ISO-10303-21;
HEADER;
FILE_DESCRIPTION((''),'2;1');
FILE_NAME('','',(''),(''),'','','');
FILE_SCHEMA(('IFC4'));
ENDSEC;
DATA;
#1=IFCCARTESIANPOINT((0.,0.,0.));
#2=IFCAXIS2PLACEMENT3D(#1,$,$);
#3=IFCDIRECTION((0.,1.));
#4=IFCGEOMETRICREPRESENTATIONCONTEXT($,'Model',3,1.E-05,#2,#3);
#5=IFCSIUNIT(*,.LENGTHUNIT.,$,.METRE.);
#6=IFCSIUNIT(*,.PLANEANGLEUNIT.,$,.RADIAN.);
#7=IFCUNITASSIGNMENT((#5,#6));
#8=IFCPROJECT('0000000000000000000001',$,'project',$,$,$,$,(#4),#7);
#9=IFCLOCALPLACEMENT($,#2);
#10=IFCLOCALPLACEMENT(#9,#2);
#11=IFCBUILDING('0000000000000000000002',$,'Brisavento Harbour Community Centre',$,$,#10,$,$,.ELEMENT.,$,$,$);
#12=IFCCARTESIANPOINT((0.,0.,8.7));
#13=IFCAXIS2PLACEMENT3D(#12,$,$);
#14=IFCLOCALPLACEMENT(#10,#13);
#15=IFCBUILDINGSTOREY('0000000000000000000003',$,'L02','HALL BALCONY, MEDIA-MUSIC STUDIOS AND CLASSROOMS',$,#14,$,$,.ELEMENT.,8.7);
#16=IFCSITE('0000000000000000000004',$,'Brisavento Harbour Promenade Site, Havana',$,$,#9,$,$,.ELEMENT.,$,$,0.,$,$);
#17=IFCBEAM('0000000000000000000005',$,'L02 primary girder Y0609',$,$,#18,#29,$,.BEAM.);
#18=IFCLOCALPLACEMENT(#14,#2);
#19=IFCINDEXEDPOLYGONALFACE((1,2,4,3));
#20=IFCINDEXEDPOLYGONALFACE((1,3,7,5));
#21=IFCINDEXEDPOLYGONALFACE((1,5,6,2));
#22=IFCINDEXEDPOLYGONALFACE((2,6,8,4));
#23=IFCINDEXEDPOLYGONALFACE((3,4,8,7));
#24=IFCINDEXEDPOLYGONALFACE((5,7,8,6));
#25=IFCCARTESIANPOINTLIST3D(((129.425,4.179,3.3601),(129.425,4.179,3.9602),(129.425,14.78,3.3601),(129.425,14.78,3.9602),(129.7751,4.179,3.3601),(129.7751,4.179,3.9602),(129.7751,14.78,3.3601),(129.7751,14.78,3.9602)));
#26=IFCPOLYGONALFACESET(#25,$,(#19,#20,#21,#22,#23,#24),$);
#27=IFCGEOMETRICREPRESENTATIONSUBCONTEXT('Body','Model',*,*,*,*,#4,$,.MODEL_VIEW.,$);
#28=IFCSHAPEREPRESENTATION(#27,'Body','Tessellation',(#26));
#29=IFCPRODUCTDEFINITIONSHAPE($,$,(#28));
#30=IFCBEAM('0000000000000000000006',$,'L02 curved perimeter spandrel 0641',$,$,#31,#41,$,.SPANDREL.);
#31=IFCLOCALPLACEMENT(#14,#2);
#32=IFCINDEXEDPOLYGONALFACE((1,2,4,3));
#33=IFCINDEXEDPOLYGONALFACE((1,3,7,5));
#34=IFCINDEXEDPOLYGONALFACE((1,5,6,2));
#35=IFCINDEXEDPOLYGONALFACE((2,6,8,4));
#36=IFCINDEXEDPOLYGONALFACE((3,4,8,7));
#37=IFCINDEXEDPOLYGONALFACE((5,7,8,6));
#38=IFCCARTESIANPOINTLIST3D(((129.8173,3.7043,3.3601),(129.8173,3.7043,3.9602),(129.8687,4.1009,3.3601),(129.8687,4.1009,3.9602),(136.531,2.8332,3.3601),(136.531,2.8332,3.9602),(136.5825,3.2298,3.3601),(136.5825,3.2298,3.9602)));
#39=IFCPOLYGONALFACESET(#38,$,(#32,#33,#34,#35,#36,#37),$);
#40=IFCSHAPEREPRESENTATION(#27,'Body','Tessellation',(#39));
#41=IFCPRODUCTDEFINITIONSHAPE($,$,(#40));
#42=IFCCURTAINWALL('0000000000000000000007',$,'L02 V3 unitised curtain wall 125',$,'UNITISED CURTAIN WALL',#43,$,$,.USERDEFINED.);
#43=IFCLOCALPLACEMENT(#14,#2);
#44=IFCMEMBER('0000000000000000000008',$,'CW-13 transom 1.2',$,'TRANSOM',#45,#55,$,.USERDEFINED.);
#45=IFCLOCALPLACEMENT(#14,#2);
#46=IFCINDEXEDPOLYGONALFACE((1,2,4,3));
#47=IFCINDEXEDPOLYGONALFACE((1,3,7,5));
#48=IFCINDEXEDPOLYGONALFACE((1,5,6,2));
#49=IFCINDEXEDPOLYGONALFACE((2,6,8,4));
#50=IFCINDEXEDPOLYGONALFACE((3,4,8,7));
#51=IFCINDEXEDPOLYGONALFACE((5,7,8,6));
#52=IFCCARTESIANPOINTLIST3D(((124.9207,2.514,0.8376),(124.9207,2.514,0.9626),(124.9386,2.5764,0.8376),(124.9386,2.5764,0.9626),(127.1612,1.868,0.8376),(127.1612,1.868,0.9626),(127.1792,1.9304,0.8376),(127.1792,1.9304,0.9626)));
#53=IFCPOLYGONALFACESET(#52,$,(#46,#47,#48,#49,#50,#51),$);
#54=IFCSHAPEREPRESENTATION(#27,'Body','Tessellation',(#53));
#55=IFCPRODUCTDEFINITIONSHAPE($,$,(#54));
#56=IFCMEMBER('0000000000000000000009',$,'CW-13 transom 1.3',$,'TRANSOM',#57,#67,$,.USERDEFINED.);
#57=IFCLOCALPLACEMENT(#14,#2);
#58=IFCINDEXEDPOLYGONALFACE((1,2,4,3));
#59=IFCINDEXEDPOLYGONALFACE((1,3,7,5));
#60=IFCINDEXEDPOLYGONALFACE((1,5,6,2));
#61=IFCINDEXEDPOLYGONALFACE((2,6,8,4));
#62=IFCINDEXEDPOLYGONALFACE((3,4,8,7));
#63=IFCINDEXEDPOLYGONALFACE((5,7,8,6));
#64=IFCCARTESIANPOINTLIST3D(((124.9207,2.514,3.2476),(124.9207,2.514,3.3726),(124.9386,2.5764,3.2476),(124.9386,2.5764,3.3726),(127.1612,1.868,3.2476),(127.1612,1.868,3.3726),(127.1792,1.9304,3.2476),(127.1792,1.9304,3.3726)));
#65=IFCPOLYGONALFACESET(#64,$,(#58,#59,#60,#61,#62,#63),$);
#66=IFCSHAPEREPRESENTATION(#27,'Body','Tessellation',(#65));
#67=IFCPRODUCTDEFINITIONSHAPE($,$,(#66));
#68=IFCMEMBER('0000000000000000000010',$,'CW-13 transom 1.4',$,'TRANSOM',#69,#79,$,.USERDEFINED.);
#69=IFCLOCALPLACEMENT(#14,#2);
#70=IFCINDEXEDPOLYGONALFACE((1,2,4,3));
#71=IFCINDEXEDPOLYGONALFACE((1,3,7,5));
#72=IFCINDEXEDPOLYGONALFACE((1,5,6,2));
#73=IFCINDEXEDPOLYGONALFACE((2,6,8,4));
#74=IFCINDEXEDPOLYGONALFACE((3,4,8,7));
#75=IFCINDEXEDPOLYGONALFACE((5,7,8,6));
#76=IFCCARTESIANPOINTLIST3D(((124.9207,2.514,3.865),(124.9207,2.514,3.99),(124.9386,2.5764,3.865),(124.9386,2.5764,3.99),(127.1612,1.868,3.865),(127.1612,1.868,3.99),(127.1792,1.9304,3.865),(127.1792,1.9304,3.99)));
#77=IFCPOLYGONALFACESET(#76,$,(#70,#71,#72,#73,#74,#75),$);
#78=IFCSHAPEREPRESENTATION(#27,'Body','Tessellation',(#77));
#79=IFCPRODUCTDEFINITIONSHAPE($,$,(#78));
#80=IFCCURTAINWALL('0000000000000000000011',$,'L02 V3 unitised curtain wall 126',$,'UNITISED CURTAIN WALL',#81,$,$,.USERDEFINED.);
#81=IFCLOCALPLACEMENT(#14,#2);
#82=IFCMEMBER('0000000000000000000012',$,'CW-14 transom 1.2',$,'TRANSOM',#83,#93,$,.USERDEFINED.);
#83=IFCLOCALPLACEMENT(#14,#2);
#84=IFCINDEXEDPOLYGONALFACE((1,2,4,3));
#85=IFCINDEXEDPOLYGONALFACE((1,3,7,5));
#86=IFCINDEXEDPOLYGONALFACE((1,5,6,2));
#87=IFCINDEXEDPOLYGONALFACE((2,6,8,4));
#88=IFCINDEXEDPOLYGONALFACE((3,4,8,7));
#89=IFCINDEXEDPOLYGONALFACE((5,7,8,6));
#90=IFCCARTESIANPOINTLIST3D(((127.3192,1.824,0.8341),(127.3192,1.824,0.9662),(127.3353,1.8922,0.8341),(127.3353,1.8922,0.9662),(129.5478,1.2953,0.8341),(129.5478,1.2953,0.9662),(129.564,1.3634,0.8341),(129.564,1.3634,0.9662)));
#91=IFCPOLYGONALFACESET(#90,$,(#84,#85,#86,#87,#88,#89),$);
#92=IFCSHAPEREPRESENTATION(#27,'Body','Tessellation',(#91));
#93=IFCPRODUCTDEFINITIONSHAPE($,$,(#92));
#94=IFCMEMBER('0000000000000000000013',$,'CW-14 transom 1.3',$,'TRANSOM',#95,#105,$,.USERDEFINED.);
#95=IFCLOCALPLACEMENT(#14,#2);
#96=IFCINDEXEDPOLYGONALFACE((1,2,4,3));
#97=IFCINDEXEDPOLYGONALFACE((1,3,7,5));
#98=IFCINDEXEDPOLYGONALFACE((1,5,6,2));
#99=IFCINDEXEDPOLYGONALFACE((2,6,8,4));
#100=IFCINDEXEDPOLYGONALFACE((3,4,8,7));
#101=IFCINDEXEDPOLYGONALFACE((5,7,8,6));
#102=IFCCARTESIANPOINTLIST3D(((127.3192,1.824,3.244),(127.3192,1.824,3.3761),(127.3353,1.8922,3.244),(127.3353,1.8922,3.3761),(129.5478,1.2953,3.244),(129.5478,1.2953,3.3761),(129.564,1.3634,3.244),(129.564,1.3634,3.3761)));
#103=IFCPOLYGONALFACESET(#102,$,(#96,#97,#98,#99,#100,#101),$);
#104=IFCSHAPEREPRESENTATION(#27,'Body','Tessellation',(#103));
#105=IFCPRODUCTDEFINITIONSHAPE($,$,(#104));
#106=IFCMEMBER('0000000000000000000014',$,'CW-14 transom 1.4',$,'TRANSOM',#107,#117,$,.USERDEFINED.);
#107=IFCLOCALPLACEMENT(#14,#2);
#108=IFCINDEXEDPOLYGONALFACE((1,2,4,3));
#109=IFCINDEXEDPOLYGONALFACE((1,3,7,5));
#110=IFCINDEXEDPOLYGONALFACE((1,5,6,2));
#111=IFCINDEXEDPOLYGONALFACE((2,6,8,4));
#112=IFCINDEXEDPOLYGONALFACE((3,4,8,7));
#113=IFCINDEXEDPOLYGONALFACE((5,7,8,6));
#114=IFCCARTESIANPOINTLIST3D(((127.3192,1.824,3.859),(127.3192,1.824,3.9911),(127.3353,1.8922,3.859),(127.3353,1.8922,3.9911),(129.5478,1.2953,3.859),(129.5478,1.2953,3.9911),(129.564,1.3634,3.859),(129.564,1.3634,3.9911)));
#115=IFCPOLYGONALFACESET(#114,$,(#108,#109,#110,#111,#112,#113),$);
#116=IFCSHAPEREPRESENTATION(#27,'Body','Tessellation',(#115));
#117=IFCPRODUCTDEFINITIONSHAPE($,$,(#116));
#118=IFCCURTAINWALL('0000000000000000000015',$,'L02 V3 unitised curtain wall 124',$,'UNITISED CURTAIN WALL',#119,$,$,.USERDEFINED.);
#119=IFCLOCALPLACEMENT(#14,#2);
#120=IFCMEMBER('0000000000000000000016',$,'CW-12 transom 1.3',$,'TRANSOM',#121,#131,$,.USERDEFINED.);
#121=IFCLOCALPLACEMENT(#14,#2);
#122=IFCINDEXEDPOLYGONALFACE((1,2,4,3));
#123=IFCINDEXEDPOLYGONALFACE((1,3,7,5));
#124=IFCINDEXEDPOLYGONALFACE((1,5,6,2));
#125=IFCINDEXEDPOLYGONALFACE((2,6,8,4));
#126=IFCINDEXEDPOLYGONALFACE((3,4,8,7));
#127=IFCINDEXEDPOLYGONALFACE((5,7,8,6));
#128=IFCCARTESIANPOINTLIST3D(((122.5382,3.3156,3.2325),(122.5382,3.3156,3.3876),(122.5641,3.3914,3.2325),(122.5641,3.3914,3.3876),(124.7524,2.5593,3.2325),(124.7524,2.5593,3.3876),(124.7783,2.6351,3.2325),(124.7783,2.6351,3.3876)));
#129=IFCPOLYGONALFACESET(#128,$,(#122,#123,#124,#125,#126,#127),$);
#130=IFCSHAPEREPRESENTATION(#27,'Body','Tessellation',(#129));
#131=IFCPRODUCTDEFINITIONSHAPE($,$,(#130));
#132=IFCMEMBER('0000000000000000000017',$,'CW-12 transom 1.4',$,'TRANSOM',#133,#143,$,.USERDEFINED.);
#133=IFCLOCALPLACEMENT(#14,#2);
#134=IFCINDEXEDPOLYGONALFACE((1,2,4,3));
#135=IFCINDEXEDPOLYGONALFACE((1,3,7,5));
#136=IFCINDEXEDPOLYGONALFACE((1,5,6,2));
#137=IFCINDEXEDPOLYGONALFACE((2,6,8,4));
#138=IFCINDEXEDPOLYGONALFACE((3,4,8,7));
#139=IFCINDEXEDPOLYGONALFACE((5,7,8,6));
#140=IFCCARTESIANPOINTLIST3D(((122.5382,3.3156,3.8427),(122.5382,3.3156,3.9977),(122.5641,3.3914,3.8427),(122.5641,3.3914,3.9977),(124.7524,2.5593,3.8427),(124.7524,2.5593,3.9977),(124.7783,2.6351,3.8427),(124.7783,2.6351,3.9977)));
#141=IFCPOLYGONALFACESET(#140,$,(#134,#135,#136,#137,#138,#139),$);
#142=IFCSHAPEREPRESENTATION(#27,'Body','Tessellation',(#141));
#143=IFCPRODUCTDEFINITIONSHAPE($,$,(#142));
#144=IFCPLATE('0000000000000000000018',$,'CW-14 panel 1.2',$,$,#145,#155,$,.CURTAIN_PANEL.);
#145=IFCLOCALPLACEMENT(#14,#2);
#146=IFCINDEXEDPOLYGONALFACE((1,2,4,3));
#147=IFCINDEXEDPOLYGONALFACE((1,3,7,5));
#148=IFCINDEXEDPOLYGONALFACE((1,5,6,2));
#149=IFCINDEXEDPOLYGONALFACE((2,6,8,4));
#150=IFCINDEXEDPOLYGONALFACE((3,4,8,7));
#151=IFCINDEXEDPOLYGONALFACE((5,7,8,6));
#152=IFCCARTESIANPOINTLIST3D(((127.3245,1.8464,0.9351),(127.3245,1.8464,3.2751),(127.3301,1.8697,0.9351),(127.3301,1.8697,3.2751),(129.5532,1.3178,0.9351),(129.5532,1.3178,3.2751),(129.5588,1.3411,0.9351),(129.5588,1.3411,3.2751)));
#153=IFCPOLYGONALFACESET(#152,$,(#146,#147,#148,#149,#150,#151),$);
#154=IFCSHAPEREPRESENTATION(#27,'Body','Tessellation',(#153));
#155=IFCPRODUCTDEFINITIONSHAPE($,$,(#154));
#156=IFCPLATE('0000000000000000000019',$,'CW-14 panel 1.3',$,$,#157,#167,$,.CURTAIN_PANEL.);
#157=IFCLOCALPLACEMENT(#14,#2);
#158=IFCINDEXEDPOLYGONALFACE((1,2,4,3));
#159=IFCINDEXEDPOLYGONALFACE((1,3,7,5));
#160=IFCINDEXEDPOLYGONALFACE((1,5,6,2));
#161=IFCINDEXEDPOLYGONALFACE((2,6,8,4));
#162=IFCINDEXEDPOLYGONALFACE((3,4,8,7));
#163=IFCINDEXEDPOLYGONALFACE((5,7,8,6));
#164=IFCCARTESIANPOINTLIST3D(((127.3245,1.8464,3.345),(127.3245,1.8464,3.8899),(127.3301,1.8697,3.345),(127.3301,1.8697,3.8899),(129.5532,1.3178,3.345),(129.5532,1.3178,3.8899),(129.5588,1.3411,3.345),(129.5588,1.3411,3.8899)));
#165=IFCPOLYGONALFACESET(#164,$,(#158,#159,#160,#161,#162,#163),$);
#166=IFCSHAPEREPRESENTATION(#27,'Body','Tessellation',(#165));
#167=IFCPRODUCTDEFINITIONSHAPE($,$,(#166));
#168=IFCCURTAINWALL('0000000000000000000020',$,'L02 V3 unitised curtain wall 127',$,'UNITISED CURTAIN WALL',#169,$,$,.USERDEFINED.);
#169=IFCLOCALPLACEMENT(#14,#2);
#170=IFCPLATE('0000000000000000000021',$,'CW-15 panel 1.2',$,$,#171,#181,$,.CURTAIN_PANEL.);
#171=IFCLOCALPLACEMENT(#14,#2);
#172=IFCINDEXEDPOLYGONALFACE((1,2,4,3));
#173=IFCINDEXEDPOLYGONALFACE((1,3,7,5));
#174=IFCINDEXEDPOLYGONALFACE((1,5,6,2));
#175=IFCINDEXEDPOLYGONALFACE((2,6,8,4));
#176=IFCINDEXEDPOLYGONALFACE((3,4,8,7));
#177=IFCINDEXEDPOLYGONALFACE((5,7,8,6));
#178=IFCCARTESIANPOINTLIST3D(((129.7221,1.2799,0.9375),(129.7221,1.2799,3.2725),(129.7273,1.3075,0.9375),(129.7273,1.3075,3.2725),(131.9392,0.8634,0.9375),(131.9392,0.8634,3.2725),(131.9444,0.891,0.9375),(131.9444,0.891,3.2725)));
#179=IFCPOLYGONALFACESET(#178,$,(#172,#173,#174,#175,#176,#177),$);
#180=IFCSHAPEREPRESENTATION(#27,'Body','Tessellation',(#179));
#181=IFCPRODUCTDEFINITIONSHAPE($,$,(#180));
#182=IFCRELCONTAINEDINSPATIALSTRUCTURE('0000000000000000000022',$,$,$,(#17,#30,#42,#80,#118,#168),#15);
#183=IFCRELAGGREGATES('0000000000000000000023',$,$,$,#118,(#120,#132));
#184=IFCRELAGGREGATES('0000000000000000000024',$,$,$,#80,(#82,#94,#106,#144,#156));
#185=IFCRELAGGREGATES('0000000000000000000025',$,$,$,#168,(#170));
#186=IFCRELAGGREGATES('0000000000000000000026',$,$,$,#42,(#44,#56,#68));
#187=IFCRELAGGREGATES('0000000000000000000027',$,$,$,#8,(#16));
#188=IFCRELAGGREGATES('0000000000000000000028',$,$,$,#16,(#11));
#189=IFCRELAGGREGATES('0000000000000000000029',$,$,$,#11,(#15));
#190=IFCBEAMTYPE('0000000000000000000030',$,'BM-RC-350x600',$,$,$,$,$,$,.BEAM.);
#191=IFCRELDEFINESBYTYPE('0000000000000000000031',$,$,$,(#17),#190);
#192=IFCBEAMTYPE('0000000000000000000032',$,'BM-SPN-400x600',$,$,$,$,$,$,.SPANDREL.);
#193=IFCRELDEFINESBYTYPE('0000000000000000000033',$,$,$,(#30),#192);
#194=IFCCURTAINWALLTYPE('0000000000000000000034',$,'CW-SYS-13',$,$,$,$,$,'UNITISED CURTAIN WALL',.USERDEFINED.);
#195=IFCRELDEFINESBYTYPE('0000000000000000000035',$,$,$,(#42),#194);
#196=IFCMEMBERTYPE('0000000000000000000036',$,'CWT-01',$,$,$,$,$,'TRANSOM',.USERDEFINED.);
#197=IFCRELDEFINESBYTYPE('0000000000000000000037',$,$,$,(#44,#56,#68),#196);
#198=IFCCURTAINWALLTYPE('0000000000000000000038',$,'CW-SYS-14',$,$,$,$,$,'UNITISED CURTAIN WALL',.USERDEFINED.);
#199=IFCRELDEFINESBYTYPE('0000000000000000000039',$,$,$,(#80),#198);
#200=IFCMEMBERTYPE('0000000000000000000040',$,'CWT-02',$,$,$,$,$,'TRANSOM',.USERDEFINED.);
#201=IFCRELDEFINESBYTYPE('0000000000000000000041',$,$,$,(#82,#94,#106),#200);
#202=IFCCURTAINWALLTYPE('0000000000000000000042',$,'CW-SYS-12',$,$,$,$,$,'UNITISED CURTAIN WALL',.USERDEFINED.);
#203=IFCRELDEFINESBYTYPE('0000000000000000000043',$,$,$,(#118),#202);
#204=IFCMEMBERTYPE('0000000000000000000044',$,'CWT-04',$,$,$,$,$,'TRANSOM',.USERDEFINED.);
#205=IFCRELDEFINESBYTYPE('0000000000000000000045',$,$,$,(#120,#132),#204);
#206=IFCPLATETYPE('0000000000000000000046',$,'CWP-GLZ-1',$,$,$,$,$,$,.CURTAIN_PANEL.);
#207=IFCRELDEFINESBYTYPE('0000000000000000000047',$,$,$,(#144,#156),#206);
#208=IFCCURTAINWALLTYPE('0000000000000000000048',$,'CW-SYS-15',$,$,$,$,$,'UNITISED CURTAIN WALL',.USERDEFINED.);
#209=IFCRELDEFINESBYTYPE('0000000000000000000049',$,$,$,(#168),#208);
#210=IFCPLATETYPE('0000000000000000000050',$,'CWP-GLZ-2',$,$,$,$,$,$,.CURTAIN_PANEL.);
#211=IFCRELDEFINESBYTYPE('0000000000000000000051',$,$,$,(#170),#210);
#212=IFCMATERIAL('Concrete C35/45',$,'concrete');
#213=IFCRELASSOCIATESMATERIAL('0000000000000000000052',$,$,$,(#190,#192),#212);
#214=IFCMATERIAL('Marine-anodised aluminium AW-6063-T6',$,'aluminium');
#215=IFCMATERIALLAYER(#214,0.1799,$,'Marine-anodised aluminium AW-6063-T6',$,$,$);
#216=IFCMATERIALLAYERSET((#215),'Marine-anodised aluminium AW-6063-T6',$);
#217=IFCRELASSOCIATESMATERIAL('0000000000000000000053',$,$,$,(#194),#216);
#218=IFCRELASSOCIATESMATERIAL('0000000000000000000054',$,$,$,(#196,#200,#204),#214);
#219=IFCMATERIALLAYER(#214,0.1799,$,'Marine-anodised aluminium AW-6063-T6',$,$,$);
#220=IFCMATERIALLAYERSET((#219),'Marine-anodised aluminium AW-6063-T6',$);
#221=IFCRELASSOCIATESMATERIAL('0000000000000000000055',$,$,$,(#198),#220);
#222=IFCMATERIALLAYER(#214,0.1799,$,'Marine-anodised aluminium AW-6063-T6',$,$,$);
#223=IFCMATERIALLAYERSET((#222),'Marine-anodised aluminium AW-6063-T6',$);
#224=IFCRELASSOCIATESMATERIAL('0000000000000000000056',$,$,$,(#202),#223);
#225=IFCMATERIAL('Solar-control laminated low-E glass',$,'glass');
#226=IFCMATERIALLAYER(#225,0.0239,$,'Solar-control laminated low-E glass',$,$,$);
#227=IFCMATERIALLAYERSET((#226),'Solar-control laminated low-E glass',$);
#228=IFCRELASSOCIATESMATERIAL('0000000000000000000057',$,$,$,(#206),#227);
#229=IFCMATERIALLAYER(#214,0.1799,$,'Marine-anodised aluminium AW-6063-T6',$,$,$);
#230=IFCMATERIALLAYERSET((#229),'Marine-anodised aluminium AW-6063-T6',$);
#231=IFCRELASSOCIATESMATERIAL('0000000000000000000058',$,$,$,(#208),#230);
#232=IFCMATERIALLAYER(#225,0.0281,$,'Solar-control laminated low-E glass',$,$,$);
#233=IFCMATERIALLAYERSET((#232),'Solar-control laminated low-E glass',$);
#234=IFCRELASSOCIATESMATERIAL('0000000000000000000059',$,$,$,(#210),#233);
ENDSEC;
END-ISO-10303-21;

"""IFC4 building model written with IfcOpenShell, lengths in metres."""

from ifc_helpers import new_model, si_unit, direction, frame, origin, origin_2d, place, context, subcontext, project, spatial, rectangle, extrude, material, layer, layer_set, material_profile, profile_set, type_object, element, aggregate, save


model = new_model("IFC4")

# Units and contexts
model_context = context("Model", 3, precision=1e-05, world=origin(), true_north=direction((0.0, 1.0)))
body_context = subcontext(model_context, "Body", "Model", "MODEL_VIEW")
ifc_project = project(units=[si_unit("LENGTHUNIT", "METRE"), si_unit("PLANEANGLEUNIT", "RADIAN")], contexts=[model_context])

# Site, building, storey
site_placement = place(None, origin())
site = spatial("IfcSite", under=ifc_project, at=site_placement, Name="Brisavento Harbour Promenade Site, Havana", CompositionType="ELEMENT", RefElevation=0.0)
building_placement = place(site_placement, origin())
building = spatial("IfcBuilding", under=site, at=building_placement, Name="Brisavento Harbour Community Centre", CompositionType="ELEMENT")
storey_placement = place(building_placement, frame((0.0, 0.0, 8.7)))
storey = spatial("IfcBuildingStorey", under=building, at=storey_placement, Name="L02", Description="HALL BALCONY, MEDIA-MUSIC STUDIOS AND CLASSROOMS", CompositionType="ELEMENT", Elevation=8.7)

# Beams
ifc_material_1 = material(Name="Concrete C35/45", Category="concrete")
ifc_material_profile_1 = material_profile(ifc_material_1, rectangle(XDim=0.3501, YDim=0.6001, at=origin_2d()), Name="Concrete C35/45")
ifc_profile_set_1 = profile_set([ifc_material_profile_1], Name="Concrete C35/45")
beam_type_1 = type_object("IfcBeamType", Name="BM-RC-350x600", PredefinedType="BEAM", material=ifc_profile_set_1)
beam_1_placement = place(storey_placement, frame((129.6001, 4.179, 3.6602), z_axis=(0.0, 1.0, 0.0), x_axis=(-1.0, 0.0, 0.0)))
element("IfcBeam", 1, at=beam_1_placement, inside=storey, type_object=beam_type_1, Name="L02 primary girder Y0609", PredefinedType="BEAM", context=body_context, shape_type="SweptSolid", body=[
    extrude(rectangle(XDim=0.3501, YDim=0.6001, at=origin_2d()), origin(), (0.0, 0.0, 1.0), 10.6011),
])
ifc_material_profile_2 = material_profile(ifc_material_1, rectangle(XDim=0.3999, YDim=0.6001, at=origin_2d()), Name="Concrete C35/45")
ifc_profile_set_2 = profile_set([ifc_material_profile_2], Name="Concrete C35/45")
beam_type_2 = type_object("IfcBeamType", Name="BM-SPN-400x600", PredefinedType="SPANDREL", material=ifc_profile_set_2)
beam_2_placement = place(storey_placement, frame((129.843, 3.9026, 3.6602), z_axis=(0.991688, -0.128667, 0.0), x_axis=(0.128667, 0.991688, 0.0)))
element("IfcBeam", 2, at=beam_2_placement, inside=storey, type_object=beam_type_2, Name="L02 curved perimeter spandrel 0641", PredefinedType="SPANDREL", context=body_context, shape_type="SweptSolid", body=[
    extrude(rectangle(XDim=0.3999, YDim=0.6001, at=origin_2d()), origin(), (0.0, 0.0, 1.0), 6.77),
])

# Curtain walls, members
ifc_material_2 = material(Name="Marine-anodised aluminium AW-6063-T6", Category="aluminium")
ifc_layer_1 = layer(ifc_material_2, 0.1799, Name="Marine-anodised aluminium AW-6063-T6")
ifc_layer_set_1 = layer_set([ifc_layer_1], Name="Marine-anodised aluminium AW-6063-T6")
curtain_wall_type_1 = type_object("IfcCurtainWallType", Name="CW-SYS-13", ElementType="UNITISED CURTAIN WALL", PredefinedType="USERDEFINED", material=ifc_layer_set_1)
curtain_wall_1_placement = place(storey_placement, origin())
curtain_wall_1 = element("IfcCurtainWall", 3, at=curtain_wall_1_placement, inside=storey, type_object=curtain_wall_type_1, Name="L02 V3 unitised curtain wall 125", ObjectType="UNITISED CURTAIN WALL", PredefinedType="USERDEFINED")
ifc_material_profile_3 = material_profile(ifc_material_2, rectangle(XDim=0.0649, YDim=0.125, at=origin_2d()), Name="Marine-anodised aluminium AW-6063-T6")
ifc_profile_set_3 = profile_set([ifc_material_profile_3], Name="Marine-anodised aluminium AW-6063-T6")
member_type_1 = type_object("IfcMemberType", Name="CWT-01", ElementType="TRANSOM", PredefinedType="USERDEFINED", material=ifc_profile_set_3)
member_1_placement = place(storey_placement, frame((127.1702, 1.8992, 0.9001), z_axis=(-0.960857, 0.277044, 0.0), x_axis=(-0.277044, -0.960857, 0.0)))
member_1 = element("IfcMember", 4, at=member_1_placement, type_object=member_type_1, Name="CW-13 transom 1.2", ObjectType="TRANSOM", PredefinedType="USERDEFINED", context=body_context, shape_type="SweptSolid", body=[
    extrude(rectangle(XDim=0.0649, YDim=0.125, at=origin_2d()), origin(), (0.0, 0.0, 1.0), 2.3318),
])
member_2_placement = place(storey_placement, frame((127.1702, 1.8992, 3.3101), z_axis=(-0.960857, 0.277044, 0.0), x_axis=(-0.277044, -0.960857, 0.0)))
member_2 = element("IfcMember", 5, at=member_2_placement, type_object=member_type_1, Name="CW-13 transom 1.3", ObjectType="TRANSOM", PredefinedType="USERDEFINED", context=body_context, shape_type="SweptSolid", body=[
    extrude(rectangle(XDim=0.0649, YDim=0.125, at=origin_2d()), origin(), (0.0, 0.0, 1.0), 2.3318),
])
member_3_placement = place(storey_placement, frame((127.1702, 1.8992, 3.9275), z_axis=(-0.960857, 0.277044, 0.0), x_axis=(-0.277044, -0.960857, 0.0)))
member_3 = element("IfcMember", 6, at=member_3_placement, type_object=member_type_1, Name="CW-13 transom 1.4", ObjectType="TRANSOM", PredefinedType="USERDEFINED", context=body_context, shape_type="SweptSolid", body=[
    extrude(rectangle(XDim=0.0649, YDim=0.125, at=origin_2d()), origin(), (0.0, 0.0, 1.0), 2.3318),
])
ifc_layer_2 = layer(ifc_material_2, 0.1799, Name="Marine-anodised aluminium AW-6063-T6")
ifc_layer_set_2 = layer_set([ifc_layer_2], Name="Marine-anodised aluminium AW-6063-T6")
curtain_wall_type_2 = type_object("IfcCurtainWallType", Name="CW-SYS-14", ElementType="UNITISED CURTAIN WALL", PredefinedType="USERDEFINED", material=ifc_layer_set_2)
curtain_wall_2_placement = place(storey_placement, origin())
curtain_wall_2 = element("IfcCurtainWall", 7, at=curtain_wall_2_placement, inside=storey, type_object=curtain_wall_type_2, Name="L02 V3 unitised curtain wall 126", ObjectType="UNITISED CURTAIN WALL", PredefinedType="USERDEFINED")
ifc_material_profile_4 = material_profile(ifc_material_2, rectangle(XDim=0.0701, YDim=0.1321, at=origin_2d()), Name="Marine-anodised aluminium AW-6063-T6")
ifc_profile_set_4 = profile_set([ifc_material_profile_4], Name="Marine-anodised aluminium AW-6063-T6")
member_type_2 = type_object("IfcMemberType", Name="CWT-02", ElementType="TRANSOM", PredefinedType="USERDEFINED", material=ifc_profile_set_4)
member_4_placement = place(storey_placement, frame((129.5559, 1.3293, 0.9001), z_axis=(-0.972988, 0.230857, 0.0), x_axis=(-0.230857, -0.972988, 0.0)))
member_4 = element("IfcMember", 8, at=member_4_placement, type_object=member_type_2, Name="CW-14 transom 1.2", ObjectType="TRANSOM", PredefinedType="USERDEFINED", context=body_context, shape_type="SweptSolid", body=[
    extrude(rectangle(XDim=0.0701, YDim=0.1321, at=origin_2d()), origin(), (0.0, 0.0, 1.0), 2.2905),
])
member_5_placement = place(storey_placement, frame((129.5559, 1.3293, 3.3101), z_axis=(-0.972988, 0.230857, 0.0), x_axis=(-0.230857, -0.972988, 0.0)))
member_5 = element("IfcMember", 9, at=member_5_placement, type_object=member_type_2, Name="CW-14 transom 1.3", ObjectType="TRANSOM", PredefinedType="USERDEFINED", context=body_context, shape_type="SweptSolid", body=[
    extrude(rectangle(XDim=0.0701, YDim=0.1321, at=origin_2d()), origin(), (0.0, 0.0, 1.0), 2.2905),
])
member_6_placement = place(storey_placement, frame((129.5559, 1.3293, 3.925), z_axis=(-0.972988, 0.230857, 0.0), x_axis=(-0.230857, -0.972988, 0.0)))
member_6 = element("IfcMember", 10, at=member_6_placement, type_object=member_type_2, Name="CW-14 transom 1.4", ObjectType="TRANSOM", PredefinedType="USERDEFINED", context=body_context, shape_type="SweptSolid", body=[
    extrude(rectangle(XDim=0.0701, YDim=0.1321, at=origin_2d()), origin(), (0.0, 0.0, 1.0), 2.2905),
])
ifc_layer_3 = layer(ifc_material_2, 0.1799, Name="Marine-anodised aluminium AW-6063-T6")
ifc_layer_set_3 = layer_set([ifc_layer_3], Name="Marine-anodised aluminium AW-6063-T6")
curtain_wall_type_3 = type_object("IfcCurtainWallType", Name="CW-SYS-12", ElementType="UNITISED CURTAIN WALL", PredefinedType="USERDEFINED", material=ifc_layer_set_3)
curtain_wall_3_placement = place(storey_placement, origin())
curtain_wall_3 = element("IfcCurtainWall", 11, at=curtain_wall_3_placement, inside=storey, type_object=curtain_wall_type_3, Name="L02 V3 unitised curtain wall 124", ObjectType="UNITISED CURTAIN WALL", PredefinedType="USERDEFINED")
ifc_material_profile_5 = material_profile(ifc_material_2, rectangle(XDim=0.0801, YDim=0.155, at=origin_2d()), Name="Marine-anodised aluminium AW-6063-T6")
ifc_profile_set_5 = profile_set([ifc_material_profile_5], Name="Marine-anodised aluminium AW-6063-T6")
member_type_3 = type_object("IfcMemberType", Name="CWT-04", ElementType="TRANSOM", PredefinedType="USERDEFINED", material=ifc_profile_set_5)
member_7_placement = place(storey_placement, frame((124.7654, 2.5972, 3.3101), z_axis=(-0.94632, 0.32323, 0.0), x_axis=(-0.32323, -0.94632, 0.0)))
member_7 = element("IfcMember", 12, at=member_7_placement, type_object=member_type_3, Name="CW-12 transom 1.3", ObjectType="TRANSOM", PredefinedType="USERDEFINED", context=body_context, shape_type="SweptSolid", body=[
    extrude(rectangle(XDim=0.0801, YDim=0.155, at=origin_2d()), origin(), (0.0, 0.0, 1.0), 2.3398),
])
member_8_placement = place(storey_placement, frame((124.7654, 2.5972, 3.9202), z_axis=(-0.94632, 0.32323, 0.0), x_axis=(-0.32323, -0.94632, 0.0)))
member_8 = element("IfcMember", 13, at=member_8_placement, type_object=member_type_3, Name="CW-12 transom 1.4", ObjectType="TRANSOM", PredefinedType="USERDEFINED", context=body_context, shape_type="SweptSolid", body=[
    extrude(rectangle(XDim=0.0801, YDim=0.155, at=origin_2d()), origin(), (0.0, 0.0, 1.0), 2.3398),
])
aggregate(curtain_wall_3, [member_7, member_8])

# Plates
ifc_material_3 = material(Name="Solar-control laminated low-E glass", Category="glass")
ifc_layer_4 = layer(ifc_material_3, 0.0239, Name="Solar-control laminated low-E glass")
ifc_layer_set_4 = layer_set([ifc_layer_4], Name="Solar-control laminated low-E glass")
plate_type_1 = type_object("IfcPlateType", Name="CWP-GLZ-1", PredefinedType="CURTAIN_PANEL", material=ifc_layer_set_4)
plate_1_placement = place(storey_placement, frame((128.4417, 1.5938, 0.9351), z_axis=(0.0, 0.0, 1.0), x_axis=(-0.973, 0.230805, 0.0)))
plate_1 = element("IfcPlate", 14, at=plate_1_placement, type_object=plate_type_1, Name="CW-14 panel 1.2", PredefinedType="CURTAIN_PANEL", context=body_context, shape_type="SweptSolid", body=[
    extrude(rectangle(XDim=2.2905, YDim=0.0239, at=origin_2d()), origin(), (0.0, 0.0, 1.0), 2.3401),
])
plate_2_placement = place(storey_placement, frame((128.4417, 1.5938, 3.345), z_axis=(0.0, 0.0, 1.0), x_axis=(-0.973, 0.230805, 0.0)))
plate_2 = element("IfcPlate", 15, at=plate_2_placement, type_object=plate_type_1, Name="CW-14 panel 1.3", PredefinedType="CURTAIN_PANEL", context=body_context, shape_type="SweptSolid", body=[
    extrude(rectangle(XDim=2.2905, YDim=0.0239, at=origin_2d()), origin(), (0.0, 0.0, 1.0), 0.5449),
])
aggregate(curtain_wall_2, [member_4, member_5, member_6, plate_1, plate_2])

# Curtain wall, plate
ifc_layer_5 = layer(ifc_material_2, 0.1799, Name="Marine-anodised aluminium AW-6063-T6")
ifc_layer_set_5 = layer_set([ifc_layer_5], Name="Marine-anodised aluminium AW-6063-T6")
curtain_wall_type_4 = type_object("IfcCurtainWallType", Name="CW-SYS-15", ElementType="UNITISED CURTAIN WALL", PredefinedType="USERDEFINED", material=ifc_layer_set_5)
curtain_wall_4_placement = place(storey_placement, origin())
curtain_wall_4 = element("IfcCurtainWall", 16, at=curtain_wall_4_placement, inside=storey, type_object=curtain_wall_type_4, Name="L02 V3 unitised curtain wall 127", ObjectType="UNITISED CURTAIN WALL", PredefinedType="USERDEFINED")
ifc_layer_6 = layer(ifc_material_3, 0.0281, Name="Solar-control laminated low-E glass")
ifc_layer_set_6 = layer_set([ifc_layer_6], Name="Solar-control laminated low-E glass")
plate_type_2 = type_object("IfcPlateType", Name="CWP-GLZ-2", PredefinedType="CURTAIN_PANEL", material=ifc_layer_set_6)
plate_3_placement = place(storey_placement, frame((130.8333, 1.0854, 0.9375), z_axis=(0.0, 0.0, 1.0), x_axis=(-0.982802, 0.184665, 0.0)))
plate_3 = element("IfcPlate", 17, at=plate_3_placement, type_object=plate_type_2, Name="CW-15 panel 1.2", PredefinedType="CURTAIN_PANEL", context=body_context, shape_type="SweptSolid", body=[
    extrude(rectangle(XDim=2.2559, YDim=0.0281, at=origin_2d()), origin(), (0.0, 0.0, 1.0), 2.335),
])
aggregate(curtain_wall_4, [plate_3])

aggregate(curtain_wall_1, [member_1, member_2, member_3])

save(model, "model.ifc")
